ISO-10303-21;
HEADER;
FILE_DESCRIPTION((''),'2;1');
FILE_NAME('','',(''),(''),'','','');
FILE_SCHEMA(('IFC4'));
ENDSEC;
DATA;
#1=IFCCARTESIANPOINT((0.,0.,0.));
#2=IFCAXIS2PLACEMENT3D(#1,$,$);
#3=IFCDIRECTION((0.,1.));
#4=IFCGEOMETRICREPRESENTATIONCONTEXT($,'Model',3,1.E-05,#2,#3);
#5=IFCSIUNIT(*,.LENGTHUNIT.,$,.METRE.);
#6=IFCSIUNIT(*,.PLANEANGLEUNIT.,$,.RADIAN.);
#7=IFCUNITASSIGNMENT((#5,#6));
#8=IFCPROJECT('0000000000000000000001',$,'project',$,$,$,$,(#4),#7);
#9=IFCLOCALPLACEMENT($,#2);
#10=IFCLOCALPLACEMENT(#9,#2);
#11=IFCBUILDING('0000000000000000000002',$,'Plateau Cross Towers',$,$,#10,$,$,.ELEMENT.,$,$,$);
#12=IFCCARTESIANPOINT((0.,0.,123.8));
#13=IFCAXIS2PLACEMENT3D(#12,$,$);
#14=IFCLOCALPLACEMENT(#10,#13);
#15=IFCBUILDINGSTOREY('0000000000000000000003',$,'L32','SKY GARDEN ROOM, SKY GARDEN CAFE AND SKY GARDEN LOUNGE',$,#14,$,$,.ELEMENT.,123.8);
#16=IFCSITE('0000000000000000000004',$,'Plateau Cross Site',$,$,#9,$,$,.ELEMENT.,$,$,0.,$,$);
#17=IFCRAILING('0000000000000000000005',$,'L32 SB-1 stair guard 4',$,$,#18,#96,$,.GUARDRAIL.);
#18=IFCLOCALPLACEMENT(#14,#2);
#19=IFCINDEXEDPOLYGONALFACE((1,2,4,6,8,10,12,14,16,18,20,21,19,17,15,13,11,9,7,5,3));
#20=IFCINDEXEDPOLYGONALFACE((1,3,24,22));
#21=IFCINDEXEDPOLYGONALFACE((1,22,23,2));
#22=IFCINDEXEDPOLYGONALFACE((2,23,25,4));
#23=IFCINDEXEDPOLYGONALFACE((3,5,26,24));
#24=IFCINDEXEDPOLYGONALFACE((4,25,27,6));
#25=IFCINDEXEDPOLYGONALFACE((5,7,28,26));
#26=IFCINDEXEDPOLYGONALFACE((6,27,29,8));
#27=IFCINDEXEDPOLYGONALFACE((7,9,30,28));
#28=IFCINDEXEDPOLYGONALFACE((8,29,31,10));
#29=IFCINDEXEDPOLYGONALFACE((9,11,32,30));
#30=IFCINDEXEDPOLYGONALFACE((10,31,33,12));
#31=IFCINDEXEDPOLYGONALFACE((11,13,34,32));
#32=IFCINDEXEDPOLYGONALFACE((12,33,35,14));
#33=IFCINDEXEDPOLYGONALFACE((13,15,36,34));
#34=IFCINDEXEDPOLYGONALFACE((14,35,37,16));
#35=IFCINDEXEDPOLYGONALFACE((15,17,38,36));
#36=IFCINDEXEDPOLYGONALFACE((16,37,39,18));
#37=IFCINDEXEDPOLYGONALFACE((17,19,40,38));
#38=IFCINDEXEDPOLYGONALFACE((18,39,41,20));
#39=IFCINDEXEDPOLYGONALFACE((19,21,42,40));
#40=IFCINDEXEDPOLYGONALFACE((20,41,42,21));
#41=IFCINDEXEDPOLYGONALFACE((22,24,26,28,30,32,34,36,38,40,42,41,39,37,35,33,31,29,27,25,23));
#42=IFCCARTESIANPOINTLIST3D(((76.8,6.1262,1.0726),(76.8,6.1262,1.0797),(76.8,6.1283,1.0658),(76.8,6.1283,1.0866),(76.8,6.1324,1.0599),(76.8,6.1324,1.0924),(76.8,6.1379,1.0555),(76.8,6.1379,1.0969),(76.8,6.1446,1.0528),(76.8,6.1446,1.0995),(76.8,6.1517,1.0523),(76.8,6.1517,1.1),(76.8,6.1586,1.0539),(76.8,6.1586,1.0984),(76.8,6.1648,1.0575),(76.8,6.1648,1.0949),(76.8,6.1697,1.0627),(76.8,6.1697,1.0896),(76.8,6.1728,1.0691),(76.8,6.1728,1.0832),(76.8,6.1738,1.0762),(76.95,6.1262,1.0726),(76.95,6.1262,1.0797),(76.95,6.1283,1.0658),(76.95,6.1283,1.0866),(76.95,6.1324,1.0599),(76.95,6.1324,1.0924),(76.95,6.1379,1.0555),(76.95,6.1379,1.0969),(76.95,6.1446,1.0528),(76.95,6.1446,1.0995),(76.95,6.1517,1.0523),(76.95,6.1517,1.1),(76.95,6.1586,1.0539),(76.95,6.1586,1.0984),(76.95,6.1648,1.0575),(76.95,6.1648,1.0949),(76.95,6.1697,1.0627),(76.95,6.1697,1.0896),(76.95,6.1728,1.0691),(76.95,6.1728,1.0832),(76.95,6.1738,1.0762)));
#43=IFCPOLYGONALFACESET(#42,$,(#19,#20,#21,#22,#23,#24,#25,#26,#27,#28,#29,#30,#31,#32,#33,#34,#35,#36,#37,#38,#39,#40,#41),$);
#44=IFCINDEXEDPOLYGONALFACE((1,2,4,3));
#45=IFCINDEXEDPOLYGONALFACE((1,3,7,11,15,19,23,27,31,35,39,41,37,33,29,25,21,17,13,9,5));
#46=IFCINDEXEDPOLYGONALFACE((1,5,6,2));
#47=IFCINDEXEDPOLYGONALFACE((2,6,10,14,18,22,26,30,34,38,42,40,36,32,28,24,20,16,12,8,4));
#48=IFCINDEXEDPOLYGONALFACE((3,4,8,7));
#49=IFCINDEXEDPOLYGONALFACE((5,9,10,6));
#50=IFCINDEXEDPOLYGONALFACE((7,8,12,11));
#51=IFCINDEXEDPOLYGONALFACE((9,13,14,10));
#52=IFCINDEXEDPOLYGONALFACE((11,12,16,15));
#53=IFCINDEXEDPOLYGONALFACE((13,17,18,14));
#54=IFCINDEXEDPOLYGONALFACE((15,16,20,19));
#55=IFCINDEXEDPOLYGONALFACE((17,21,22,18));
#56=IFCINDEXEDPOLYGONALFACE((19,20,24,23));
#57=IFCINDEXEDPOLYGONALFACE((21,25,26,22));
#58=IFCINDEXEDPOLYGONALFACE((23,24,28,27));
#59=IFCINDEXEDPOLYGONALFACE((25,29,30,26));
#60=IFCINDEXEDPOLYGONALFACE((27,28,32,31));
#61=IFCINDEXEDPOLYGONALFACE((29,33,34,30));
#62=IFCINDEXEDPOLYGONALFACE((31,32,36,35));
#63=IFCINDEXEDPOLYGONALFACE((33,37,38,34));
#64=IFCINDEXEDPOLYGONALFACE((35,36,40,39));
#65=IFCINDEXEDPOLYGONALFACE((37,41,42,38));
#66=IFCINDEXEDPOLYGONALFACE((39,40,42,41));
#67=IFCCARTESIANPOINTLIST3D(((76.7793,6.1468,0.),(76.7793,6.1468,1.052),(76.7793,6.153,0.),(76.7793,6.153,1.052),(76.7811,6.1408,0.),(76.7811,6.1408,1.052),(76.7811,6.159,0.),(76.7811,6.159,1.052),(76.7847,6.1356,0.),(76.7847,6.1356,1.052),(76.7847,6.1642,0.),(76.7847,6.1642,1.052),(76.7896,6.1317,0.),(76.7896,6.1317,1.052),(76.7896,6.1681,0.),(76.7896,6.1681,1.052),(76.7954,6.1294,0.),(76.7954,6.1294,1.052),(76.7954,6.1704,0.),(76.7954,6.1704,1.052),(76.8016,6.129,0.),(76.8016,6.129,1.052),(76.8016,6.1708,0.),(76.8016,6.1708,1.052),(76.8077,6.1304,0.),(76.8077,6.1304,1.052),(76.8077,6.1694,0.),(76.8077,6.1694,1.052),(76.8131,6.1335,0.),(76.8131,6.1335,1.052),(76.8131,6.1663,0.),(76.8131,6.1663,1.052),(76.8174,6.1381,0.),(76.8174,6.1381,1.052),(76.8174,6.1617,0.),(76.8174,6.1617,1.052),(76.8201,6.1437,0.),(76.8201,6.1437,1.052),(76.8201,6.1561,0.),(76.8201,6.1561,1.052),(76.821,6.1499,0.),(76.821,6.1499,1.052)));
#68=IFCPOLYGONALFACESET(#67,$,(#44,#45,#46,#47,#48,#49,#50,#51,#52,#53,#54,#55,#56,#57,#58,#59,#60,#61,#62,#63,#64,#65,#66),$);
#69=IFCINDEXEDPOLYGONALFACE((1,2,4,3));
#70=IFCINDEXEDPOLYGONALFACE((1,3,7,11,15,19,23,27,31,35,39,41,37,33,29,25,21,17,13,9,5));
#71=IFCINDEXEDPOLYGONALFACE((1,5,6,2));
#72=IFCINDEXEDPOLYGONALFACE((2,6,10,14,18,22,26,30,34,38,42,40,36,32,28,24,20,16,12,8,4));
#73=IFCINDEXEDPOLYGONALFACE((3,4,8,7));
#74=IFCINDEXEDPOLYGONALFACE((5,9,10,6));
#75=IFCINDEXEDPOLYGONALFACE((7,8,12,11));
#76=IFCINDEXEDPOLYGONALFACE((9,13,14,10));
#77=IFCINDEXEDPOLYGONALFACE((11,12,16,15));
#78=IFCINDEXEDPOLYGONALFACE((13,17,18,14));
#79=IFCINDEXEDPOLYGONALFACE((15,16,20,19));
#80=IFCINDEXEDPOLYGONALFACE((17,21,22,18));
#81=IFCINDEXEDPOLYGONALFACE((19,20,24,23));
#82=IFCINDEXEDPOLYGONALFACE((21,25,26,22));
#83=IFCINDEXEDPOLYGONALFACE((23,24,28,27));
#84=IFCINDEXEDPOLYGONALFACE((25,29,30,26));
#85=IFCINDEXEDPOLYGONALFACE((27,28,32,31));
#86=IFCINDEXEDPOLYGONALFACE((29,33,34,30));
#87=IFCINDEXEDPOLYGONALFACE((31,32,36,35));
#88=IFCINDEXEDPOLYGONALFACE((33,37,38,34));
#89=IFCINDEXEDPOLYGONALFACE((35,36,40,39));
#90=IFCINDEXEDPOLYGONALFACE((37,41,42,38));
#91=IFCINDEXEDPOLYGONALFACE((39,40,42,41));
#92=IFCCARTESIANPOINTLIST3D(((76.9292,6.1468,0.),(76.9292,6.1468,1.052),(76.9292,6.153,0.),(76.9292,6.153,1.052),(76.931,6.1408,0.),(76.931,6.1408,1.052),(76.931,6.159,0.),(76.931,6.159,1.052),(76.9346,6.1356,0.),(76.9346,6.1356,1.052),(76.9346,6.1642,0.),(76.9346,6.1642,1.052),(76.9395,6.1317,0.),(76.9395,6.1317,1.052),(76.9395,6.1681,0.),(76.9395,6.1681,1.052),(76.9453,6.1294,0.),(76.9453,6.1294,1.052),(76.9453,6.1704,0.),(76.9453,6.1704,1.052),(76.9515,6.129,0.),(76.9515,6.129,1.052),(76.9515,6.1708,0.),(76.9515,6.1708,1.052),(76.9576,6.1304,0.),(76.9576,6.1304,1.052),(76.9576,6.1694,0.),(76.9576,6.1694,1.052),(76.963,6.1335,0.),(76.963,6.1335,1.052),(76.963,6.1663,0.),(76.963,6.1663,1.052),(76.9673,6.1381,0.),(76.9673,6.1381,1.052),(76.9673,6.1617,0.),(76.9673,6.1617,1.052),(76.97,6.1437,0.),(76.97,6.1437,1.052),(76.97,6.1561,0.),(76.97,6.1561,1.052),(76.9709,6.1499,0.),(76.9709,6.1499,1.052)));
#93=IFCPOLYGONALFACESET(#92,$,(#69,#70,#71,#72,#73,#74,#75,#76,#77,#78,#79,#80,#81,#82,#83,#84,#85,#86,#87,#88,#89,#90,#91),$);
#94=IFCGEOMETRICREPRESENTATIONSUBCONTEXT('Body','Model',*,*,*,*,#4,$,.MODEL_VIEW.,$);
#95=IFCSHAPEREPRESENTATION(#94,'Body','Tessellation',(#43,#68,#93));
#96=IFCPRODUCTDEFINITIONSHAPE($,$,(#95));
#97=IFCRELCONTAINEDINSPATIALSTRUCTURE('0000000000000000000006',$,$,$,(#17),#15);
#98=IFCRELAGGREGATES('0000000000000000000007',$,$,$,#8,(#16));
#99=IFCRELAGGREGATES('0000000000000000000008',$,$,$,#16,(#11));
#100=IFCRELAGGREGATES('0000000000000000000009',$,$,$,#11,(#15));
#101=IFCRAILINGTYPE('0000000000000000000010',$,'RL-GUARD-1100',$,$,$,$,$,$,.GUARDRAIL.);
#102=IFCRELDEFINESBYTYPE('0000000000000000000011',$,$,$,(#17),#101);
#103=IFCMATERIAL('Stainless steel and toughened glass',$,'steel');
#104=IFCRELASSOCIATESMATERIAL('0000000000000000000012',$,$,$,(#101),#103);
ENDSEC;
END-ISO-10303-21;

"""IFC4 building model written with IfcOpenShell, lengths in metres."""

from ifc_helpers import new_model, si_unit, direction, frame, origin, origin_2d, place, context, subcontext, project, spatial, circle, extrude, material, type_object, element, save


model = new_model("IFC4")

# Units and contexts
model_context = context("Model", 3, precision=1e-05, world=origin(), true_north=direction((0.0, 1.0)))
body_context = subcontext(model_context, "Body", "Model", "MODEL_VIEW")
ifc_project = project(units=[si_unit("LENGTHUNIT", "METRE"), si_unit("PLANEANGLEUNIT", "RADIAN")], contexts=[model_context])

# Site, building, storey
site_placement = place(None, origin())
site = spatial("IfcSite", under=ifc_project, at=site_placement, Name="Plateau Cross Site", CompositionType="ELEMENT", RefElevation=0.0)
building_placement = place(site_placement, origin())
building = spatial("IfcBuilding", under=site, at=building_placement, Name="Plateau Cross Towers", CompositionType="ELEMENT")
storey_placement = place(building_placement, frame((0.0, 0.0, 123.8)))
storey = spatial("IfcBuildingStorey", under=building, at=storey_placement, Name="L32", Description="SKY GARDEN ROOM, SKY GARDEN CAFE AND SKY GARDEN LOUNGE", CompositionType="ELEMENT", Elevation=123.8)

# Railing
ifc_material_1 = material(Name="Stainless steel and toughened glass", Category="steel")
railing_type_1 = type_object("IfcRailingType", Name="RL-GUARD-1100", PredefinedType="GUARDRAIL", material=ifc_material_1)
railing_1_placement = place(storey_placement, frame((76.8, 6.1499, 0.0)))
element("IfcRailing", 1, at=railing_1_placement, inside=storey, type_object=railing_type_1, Name="L32 SB-1 stair guard 4", PredefinedType="GUARDRAIL", context=body_context, shape_type="SweptSolid", body=[
    extrude(circle(Radius=0.0239, at=origin_2d()), frame((0.0, 0.0, 1.0762), z_axis=(1.0, 0.0, 0.0), x_axis=(0.0, 1.0, 0.0)), (0.0, 0.0, 1.0), 0.1499),
    extrude(circle(Radius=0.021, at=origin_2d()), origin(), (0.0, 0.0, 1.0), 1.052),
    extrude(circle(Radius=0.021, at=origin_2d()), frame((0.1499, 0.0, 0.0)), (0.0, 0.0, 1.0), 1.052),
])

save(model, "model.ifc")
